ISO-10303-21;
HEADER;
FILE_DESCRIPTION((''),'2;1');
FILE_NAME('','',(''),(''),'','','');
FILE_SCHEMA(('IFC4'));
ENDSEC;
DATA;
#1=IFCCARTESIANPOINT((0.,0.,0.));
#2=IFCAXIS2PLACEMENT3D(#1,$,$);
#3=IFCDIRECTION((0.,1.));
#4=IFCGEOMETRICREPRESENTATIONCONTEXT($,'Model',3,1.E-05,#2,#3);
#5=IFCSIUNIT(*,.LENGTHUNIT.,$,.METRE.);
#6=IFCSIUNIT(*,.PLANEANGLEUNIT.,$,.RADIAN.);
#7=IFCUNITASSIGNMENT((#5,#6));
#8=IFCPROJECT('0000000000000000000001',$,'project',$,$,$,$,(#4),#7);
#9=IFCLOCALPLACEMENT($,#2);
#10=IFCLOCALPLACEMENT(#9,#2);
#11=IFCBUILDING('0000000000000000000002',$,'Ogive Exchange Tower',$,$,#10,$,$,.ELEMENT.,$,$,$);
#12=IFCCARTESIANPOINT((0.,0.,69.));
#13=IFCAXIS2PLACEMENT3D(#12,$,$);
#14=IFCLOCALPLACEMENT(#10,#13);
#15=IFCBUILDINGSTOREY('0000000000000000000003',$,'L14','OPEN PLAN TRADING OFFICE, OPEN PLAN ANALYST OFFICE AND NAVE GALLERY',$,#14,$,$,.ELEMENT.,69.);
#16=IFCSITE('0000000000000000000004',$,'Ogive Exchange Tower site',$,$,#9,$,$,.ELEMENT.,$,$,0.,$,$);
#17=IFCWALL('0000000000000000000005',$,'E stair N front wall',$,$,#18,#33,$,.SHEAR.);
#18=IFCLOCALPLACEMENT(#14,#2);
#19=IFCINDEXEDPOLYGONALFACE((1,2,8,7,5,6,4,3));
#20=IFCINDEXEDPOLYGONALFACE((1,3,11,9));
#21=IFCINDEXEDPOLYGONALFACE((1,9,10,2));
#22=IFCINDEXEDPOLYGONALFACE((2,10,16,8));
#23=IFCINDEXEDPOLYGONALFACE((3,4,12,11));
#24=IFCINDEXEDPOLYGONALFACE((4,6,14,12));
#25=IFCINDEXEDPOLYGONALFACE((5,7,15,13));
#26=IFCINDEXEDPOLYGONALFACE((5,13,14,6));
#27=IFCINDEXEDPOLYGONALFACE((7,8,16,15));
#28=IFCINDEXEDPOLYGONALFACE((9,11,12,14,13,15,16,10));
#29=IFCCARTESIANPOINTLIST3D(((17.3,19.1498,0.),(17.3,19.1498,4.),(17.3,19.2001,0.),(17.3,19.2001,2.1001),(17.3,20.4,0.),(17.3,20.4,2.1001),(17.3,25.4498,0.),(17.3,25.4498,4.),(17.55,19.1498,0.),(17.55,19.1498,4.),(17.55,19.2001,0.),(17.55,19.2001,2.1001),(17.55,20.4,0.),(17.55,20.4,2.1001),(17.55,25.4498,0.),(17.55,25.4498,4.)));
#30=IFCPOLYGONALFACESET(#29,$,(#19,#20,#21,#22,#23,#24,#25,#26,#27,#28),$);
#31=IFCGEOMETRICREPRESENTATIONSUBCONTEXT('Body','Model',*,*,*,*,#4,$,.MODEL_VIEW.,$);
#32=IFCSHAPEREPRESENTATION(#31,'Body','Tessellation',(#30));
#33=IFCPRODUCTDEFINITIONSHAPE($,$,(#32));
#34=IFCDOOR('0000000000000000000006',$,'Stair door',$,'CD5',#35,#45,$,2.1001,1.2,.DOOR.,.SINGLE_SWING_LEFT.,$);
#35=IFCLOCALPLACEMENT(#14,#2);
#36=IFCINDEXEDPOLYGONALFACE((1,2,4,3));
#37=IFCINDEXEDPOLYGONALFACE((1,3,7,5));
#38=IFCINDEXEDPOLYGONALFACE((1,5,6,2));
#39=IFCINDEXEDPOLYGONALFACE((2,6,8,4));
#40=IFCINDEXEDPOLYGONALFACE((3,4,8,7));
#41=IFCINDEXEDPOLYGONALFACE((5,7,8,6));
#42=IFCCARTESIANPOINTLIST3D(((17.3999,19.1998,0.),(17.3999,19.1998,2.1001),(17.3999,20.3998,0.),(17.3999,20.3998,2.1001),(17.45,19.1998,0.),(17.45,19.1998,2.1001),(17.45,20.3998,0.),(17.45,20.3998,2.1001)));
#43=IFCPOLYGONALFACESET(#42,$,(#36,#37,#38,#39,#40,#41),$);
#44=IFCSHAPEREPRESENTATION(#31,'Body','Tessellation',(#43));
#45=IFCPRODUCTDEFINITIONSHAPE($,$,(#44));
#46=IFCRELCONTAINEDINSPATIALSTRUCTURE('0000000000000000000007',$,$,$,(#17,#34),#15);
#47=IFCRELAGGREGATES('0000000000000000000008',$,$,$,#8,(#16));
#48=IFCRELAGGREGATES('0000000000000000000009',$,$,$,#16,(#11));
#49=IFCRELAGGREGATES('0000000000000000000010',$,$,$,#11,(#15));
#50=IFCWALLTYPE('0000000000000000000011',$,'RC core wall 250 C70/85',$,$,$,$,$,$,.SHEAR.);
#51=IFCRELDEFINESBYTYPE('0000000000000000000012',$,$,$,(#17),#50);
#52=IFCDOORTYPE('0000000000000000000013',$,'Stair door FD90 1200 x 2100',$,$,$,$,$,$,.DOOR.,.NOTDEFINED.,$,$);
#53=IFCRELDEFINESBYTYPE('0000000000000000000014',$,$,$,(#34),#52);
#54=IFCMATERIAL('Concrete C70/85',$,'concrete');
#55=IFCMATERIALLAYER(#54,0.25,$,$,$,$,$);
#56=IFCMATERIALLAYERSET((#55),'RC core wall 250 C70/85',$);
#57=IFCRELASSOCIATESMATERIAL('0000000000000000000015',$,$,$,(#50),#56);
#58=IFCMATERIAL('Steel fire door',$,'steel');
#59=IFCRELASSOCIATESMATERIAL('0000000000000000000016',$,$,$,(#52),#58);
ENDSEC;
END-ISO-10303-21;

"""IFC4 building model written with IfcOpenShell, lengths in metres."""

from ifc_helpers import new_model, si_unit, direction, frame, frame_2d, origin, place, context, subcontext, project, spatial, rectangle, extrude, material, layer, layer_set, type_object, element, fill, save


model = new_model("IFC4")

# Units and contexts
model_context = context("Model", 3, precision=1e-05, world=origin(), true_north=direction((0.0, 1.0)))
body_context = subcontext(model_context, "Body", "Model", "MODEL_VIEW")
ifc_project = project(units=[si_unit("LENGTHUNIT", "METRE"), si_unit("PLANEANGLEUNIT", "RADIAN")], contexts=[model_context])

# Site, building, storey
site_placement = place(None, origin())
site = spatial("IfcSite", under=ifc_project, at=site_placement, Name="Ogive Exchange Tower site", CompositionType="ELEMENT", RefElevation=0.0)
building_placement = place(site_placement, origin())
building = spatial("IfcBuilding", under=site, at=building_placement, Name="Ogive Exchange Tower", CompositionType="ELEMENT")
storey_placement = place(building_placement, frame((0.0, 0.0, 69.0)))
storey = spatial("IfcBuildingStorey", under=building, at=storey_placement, Name="L14", Description="OPEN PLAN TRADING OFFICE, OPEN PLAN ANALYST OFFICE AND NAVE GALLERY", CompositionType="ELEMENT", Elevation=69.0)

# Wall, opening, door
ifc_material_1 = material(Name="Concrete C70/85", Category="concrete")
ifc_layer_1 = layer(ifc_material_1, 0.25)
ifc_layer_set_1 = layer_set([ifc_layer_1], Name="RC core wall 250 C70/85")
wall_type_1 = type_object("IfcWallType", Name="RC core wall 250 C70/85", PredefinedType="SHEAR", material=ifc_layer_set_1)
wall_1_placement = place(storey_placement, frame((17.425, 19.1499, 0.0), z_axis=(0.0, 0.0, 1.0), x_axis=(0.0, 1.0, 0.0)))
wall_1 = element("IfcWall", 1, at=wall_1_placement, inside=storey, type_object=wall_type_1, Name="E stair N front wall", PredefinedType="SHEAR", context=body_context, shape_type="SweptSolid", body=[
    extrude(rectangle(XDim=6.3, YDim=0.25, at=frame_2d((3.1499, 0.0))), origin(), (0.0, 0.0, 1.0), 4.0),
])
opening_1_placement = place(wall_1_placement, frame((0.05, 0.0, 0.0)))
opening_1 = element("IfcOpeningElement", 2, at=opening_1_placement, cuts=wall_1, PredefinedType="OPENING", context=body_context, shape_type="SweptSolid", body=[
    extrude(rectangle(XDim=1.2, YDim=2.1001, at=frame_2d((0.6001, 1.05))), frame((0.0, 0.135, 0.0), z_axis=(0.0, -1.0, 0.0), x_axis=(1.0, 0.0, 0.0)), (0.0, 0.0, 1.0), 0.27),
])
ifc_material_2 = material(Name="Steel fire door", Category="steel")
door_type_1 = type_object("IfcDoorType", Name="Stair door FD90 1200 x 2100", OperationType="NOTDEFINED", PredefinedType="DOOR", material=ifc_material_2)
door_1_placement = place(opening_1_placement, frame((1.2, 0.0, 0.0), z_axis=(0.0, 0.0, 1.0), x_axis=(-1.0, 0.0, 0.0)))
door_1 = element("IfcDoor", 3, at=door_1_placement, inside=storey, type_object=door_type_1, Name="Stair door", ObjectType="CD5", OperationType="SINGLE_SWING_LEFT", OverallHeight=2.1001, OverallWidth=1.2, PredefinedType="DOOR", context=body_context, shape_type="SweptSolid", body=[
    extrude(rectangle(XDim=1.2, YDim=2.1001, at=frame_2d((0.6001, 1.05))), frame((0.0, 0.0249, 0.0), z_axis=(0.0, -1.0, 0.0), x_axis=(1.0, 0.0, 0.0)), (0.0, 0.0, 1.0), 0.05),
])
fill(opening_1, door_1)

save(model, "model.ifc")
